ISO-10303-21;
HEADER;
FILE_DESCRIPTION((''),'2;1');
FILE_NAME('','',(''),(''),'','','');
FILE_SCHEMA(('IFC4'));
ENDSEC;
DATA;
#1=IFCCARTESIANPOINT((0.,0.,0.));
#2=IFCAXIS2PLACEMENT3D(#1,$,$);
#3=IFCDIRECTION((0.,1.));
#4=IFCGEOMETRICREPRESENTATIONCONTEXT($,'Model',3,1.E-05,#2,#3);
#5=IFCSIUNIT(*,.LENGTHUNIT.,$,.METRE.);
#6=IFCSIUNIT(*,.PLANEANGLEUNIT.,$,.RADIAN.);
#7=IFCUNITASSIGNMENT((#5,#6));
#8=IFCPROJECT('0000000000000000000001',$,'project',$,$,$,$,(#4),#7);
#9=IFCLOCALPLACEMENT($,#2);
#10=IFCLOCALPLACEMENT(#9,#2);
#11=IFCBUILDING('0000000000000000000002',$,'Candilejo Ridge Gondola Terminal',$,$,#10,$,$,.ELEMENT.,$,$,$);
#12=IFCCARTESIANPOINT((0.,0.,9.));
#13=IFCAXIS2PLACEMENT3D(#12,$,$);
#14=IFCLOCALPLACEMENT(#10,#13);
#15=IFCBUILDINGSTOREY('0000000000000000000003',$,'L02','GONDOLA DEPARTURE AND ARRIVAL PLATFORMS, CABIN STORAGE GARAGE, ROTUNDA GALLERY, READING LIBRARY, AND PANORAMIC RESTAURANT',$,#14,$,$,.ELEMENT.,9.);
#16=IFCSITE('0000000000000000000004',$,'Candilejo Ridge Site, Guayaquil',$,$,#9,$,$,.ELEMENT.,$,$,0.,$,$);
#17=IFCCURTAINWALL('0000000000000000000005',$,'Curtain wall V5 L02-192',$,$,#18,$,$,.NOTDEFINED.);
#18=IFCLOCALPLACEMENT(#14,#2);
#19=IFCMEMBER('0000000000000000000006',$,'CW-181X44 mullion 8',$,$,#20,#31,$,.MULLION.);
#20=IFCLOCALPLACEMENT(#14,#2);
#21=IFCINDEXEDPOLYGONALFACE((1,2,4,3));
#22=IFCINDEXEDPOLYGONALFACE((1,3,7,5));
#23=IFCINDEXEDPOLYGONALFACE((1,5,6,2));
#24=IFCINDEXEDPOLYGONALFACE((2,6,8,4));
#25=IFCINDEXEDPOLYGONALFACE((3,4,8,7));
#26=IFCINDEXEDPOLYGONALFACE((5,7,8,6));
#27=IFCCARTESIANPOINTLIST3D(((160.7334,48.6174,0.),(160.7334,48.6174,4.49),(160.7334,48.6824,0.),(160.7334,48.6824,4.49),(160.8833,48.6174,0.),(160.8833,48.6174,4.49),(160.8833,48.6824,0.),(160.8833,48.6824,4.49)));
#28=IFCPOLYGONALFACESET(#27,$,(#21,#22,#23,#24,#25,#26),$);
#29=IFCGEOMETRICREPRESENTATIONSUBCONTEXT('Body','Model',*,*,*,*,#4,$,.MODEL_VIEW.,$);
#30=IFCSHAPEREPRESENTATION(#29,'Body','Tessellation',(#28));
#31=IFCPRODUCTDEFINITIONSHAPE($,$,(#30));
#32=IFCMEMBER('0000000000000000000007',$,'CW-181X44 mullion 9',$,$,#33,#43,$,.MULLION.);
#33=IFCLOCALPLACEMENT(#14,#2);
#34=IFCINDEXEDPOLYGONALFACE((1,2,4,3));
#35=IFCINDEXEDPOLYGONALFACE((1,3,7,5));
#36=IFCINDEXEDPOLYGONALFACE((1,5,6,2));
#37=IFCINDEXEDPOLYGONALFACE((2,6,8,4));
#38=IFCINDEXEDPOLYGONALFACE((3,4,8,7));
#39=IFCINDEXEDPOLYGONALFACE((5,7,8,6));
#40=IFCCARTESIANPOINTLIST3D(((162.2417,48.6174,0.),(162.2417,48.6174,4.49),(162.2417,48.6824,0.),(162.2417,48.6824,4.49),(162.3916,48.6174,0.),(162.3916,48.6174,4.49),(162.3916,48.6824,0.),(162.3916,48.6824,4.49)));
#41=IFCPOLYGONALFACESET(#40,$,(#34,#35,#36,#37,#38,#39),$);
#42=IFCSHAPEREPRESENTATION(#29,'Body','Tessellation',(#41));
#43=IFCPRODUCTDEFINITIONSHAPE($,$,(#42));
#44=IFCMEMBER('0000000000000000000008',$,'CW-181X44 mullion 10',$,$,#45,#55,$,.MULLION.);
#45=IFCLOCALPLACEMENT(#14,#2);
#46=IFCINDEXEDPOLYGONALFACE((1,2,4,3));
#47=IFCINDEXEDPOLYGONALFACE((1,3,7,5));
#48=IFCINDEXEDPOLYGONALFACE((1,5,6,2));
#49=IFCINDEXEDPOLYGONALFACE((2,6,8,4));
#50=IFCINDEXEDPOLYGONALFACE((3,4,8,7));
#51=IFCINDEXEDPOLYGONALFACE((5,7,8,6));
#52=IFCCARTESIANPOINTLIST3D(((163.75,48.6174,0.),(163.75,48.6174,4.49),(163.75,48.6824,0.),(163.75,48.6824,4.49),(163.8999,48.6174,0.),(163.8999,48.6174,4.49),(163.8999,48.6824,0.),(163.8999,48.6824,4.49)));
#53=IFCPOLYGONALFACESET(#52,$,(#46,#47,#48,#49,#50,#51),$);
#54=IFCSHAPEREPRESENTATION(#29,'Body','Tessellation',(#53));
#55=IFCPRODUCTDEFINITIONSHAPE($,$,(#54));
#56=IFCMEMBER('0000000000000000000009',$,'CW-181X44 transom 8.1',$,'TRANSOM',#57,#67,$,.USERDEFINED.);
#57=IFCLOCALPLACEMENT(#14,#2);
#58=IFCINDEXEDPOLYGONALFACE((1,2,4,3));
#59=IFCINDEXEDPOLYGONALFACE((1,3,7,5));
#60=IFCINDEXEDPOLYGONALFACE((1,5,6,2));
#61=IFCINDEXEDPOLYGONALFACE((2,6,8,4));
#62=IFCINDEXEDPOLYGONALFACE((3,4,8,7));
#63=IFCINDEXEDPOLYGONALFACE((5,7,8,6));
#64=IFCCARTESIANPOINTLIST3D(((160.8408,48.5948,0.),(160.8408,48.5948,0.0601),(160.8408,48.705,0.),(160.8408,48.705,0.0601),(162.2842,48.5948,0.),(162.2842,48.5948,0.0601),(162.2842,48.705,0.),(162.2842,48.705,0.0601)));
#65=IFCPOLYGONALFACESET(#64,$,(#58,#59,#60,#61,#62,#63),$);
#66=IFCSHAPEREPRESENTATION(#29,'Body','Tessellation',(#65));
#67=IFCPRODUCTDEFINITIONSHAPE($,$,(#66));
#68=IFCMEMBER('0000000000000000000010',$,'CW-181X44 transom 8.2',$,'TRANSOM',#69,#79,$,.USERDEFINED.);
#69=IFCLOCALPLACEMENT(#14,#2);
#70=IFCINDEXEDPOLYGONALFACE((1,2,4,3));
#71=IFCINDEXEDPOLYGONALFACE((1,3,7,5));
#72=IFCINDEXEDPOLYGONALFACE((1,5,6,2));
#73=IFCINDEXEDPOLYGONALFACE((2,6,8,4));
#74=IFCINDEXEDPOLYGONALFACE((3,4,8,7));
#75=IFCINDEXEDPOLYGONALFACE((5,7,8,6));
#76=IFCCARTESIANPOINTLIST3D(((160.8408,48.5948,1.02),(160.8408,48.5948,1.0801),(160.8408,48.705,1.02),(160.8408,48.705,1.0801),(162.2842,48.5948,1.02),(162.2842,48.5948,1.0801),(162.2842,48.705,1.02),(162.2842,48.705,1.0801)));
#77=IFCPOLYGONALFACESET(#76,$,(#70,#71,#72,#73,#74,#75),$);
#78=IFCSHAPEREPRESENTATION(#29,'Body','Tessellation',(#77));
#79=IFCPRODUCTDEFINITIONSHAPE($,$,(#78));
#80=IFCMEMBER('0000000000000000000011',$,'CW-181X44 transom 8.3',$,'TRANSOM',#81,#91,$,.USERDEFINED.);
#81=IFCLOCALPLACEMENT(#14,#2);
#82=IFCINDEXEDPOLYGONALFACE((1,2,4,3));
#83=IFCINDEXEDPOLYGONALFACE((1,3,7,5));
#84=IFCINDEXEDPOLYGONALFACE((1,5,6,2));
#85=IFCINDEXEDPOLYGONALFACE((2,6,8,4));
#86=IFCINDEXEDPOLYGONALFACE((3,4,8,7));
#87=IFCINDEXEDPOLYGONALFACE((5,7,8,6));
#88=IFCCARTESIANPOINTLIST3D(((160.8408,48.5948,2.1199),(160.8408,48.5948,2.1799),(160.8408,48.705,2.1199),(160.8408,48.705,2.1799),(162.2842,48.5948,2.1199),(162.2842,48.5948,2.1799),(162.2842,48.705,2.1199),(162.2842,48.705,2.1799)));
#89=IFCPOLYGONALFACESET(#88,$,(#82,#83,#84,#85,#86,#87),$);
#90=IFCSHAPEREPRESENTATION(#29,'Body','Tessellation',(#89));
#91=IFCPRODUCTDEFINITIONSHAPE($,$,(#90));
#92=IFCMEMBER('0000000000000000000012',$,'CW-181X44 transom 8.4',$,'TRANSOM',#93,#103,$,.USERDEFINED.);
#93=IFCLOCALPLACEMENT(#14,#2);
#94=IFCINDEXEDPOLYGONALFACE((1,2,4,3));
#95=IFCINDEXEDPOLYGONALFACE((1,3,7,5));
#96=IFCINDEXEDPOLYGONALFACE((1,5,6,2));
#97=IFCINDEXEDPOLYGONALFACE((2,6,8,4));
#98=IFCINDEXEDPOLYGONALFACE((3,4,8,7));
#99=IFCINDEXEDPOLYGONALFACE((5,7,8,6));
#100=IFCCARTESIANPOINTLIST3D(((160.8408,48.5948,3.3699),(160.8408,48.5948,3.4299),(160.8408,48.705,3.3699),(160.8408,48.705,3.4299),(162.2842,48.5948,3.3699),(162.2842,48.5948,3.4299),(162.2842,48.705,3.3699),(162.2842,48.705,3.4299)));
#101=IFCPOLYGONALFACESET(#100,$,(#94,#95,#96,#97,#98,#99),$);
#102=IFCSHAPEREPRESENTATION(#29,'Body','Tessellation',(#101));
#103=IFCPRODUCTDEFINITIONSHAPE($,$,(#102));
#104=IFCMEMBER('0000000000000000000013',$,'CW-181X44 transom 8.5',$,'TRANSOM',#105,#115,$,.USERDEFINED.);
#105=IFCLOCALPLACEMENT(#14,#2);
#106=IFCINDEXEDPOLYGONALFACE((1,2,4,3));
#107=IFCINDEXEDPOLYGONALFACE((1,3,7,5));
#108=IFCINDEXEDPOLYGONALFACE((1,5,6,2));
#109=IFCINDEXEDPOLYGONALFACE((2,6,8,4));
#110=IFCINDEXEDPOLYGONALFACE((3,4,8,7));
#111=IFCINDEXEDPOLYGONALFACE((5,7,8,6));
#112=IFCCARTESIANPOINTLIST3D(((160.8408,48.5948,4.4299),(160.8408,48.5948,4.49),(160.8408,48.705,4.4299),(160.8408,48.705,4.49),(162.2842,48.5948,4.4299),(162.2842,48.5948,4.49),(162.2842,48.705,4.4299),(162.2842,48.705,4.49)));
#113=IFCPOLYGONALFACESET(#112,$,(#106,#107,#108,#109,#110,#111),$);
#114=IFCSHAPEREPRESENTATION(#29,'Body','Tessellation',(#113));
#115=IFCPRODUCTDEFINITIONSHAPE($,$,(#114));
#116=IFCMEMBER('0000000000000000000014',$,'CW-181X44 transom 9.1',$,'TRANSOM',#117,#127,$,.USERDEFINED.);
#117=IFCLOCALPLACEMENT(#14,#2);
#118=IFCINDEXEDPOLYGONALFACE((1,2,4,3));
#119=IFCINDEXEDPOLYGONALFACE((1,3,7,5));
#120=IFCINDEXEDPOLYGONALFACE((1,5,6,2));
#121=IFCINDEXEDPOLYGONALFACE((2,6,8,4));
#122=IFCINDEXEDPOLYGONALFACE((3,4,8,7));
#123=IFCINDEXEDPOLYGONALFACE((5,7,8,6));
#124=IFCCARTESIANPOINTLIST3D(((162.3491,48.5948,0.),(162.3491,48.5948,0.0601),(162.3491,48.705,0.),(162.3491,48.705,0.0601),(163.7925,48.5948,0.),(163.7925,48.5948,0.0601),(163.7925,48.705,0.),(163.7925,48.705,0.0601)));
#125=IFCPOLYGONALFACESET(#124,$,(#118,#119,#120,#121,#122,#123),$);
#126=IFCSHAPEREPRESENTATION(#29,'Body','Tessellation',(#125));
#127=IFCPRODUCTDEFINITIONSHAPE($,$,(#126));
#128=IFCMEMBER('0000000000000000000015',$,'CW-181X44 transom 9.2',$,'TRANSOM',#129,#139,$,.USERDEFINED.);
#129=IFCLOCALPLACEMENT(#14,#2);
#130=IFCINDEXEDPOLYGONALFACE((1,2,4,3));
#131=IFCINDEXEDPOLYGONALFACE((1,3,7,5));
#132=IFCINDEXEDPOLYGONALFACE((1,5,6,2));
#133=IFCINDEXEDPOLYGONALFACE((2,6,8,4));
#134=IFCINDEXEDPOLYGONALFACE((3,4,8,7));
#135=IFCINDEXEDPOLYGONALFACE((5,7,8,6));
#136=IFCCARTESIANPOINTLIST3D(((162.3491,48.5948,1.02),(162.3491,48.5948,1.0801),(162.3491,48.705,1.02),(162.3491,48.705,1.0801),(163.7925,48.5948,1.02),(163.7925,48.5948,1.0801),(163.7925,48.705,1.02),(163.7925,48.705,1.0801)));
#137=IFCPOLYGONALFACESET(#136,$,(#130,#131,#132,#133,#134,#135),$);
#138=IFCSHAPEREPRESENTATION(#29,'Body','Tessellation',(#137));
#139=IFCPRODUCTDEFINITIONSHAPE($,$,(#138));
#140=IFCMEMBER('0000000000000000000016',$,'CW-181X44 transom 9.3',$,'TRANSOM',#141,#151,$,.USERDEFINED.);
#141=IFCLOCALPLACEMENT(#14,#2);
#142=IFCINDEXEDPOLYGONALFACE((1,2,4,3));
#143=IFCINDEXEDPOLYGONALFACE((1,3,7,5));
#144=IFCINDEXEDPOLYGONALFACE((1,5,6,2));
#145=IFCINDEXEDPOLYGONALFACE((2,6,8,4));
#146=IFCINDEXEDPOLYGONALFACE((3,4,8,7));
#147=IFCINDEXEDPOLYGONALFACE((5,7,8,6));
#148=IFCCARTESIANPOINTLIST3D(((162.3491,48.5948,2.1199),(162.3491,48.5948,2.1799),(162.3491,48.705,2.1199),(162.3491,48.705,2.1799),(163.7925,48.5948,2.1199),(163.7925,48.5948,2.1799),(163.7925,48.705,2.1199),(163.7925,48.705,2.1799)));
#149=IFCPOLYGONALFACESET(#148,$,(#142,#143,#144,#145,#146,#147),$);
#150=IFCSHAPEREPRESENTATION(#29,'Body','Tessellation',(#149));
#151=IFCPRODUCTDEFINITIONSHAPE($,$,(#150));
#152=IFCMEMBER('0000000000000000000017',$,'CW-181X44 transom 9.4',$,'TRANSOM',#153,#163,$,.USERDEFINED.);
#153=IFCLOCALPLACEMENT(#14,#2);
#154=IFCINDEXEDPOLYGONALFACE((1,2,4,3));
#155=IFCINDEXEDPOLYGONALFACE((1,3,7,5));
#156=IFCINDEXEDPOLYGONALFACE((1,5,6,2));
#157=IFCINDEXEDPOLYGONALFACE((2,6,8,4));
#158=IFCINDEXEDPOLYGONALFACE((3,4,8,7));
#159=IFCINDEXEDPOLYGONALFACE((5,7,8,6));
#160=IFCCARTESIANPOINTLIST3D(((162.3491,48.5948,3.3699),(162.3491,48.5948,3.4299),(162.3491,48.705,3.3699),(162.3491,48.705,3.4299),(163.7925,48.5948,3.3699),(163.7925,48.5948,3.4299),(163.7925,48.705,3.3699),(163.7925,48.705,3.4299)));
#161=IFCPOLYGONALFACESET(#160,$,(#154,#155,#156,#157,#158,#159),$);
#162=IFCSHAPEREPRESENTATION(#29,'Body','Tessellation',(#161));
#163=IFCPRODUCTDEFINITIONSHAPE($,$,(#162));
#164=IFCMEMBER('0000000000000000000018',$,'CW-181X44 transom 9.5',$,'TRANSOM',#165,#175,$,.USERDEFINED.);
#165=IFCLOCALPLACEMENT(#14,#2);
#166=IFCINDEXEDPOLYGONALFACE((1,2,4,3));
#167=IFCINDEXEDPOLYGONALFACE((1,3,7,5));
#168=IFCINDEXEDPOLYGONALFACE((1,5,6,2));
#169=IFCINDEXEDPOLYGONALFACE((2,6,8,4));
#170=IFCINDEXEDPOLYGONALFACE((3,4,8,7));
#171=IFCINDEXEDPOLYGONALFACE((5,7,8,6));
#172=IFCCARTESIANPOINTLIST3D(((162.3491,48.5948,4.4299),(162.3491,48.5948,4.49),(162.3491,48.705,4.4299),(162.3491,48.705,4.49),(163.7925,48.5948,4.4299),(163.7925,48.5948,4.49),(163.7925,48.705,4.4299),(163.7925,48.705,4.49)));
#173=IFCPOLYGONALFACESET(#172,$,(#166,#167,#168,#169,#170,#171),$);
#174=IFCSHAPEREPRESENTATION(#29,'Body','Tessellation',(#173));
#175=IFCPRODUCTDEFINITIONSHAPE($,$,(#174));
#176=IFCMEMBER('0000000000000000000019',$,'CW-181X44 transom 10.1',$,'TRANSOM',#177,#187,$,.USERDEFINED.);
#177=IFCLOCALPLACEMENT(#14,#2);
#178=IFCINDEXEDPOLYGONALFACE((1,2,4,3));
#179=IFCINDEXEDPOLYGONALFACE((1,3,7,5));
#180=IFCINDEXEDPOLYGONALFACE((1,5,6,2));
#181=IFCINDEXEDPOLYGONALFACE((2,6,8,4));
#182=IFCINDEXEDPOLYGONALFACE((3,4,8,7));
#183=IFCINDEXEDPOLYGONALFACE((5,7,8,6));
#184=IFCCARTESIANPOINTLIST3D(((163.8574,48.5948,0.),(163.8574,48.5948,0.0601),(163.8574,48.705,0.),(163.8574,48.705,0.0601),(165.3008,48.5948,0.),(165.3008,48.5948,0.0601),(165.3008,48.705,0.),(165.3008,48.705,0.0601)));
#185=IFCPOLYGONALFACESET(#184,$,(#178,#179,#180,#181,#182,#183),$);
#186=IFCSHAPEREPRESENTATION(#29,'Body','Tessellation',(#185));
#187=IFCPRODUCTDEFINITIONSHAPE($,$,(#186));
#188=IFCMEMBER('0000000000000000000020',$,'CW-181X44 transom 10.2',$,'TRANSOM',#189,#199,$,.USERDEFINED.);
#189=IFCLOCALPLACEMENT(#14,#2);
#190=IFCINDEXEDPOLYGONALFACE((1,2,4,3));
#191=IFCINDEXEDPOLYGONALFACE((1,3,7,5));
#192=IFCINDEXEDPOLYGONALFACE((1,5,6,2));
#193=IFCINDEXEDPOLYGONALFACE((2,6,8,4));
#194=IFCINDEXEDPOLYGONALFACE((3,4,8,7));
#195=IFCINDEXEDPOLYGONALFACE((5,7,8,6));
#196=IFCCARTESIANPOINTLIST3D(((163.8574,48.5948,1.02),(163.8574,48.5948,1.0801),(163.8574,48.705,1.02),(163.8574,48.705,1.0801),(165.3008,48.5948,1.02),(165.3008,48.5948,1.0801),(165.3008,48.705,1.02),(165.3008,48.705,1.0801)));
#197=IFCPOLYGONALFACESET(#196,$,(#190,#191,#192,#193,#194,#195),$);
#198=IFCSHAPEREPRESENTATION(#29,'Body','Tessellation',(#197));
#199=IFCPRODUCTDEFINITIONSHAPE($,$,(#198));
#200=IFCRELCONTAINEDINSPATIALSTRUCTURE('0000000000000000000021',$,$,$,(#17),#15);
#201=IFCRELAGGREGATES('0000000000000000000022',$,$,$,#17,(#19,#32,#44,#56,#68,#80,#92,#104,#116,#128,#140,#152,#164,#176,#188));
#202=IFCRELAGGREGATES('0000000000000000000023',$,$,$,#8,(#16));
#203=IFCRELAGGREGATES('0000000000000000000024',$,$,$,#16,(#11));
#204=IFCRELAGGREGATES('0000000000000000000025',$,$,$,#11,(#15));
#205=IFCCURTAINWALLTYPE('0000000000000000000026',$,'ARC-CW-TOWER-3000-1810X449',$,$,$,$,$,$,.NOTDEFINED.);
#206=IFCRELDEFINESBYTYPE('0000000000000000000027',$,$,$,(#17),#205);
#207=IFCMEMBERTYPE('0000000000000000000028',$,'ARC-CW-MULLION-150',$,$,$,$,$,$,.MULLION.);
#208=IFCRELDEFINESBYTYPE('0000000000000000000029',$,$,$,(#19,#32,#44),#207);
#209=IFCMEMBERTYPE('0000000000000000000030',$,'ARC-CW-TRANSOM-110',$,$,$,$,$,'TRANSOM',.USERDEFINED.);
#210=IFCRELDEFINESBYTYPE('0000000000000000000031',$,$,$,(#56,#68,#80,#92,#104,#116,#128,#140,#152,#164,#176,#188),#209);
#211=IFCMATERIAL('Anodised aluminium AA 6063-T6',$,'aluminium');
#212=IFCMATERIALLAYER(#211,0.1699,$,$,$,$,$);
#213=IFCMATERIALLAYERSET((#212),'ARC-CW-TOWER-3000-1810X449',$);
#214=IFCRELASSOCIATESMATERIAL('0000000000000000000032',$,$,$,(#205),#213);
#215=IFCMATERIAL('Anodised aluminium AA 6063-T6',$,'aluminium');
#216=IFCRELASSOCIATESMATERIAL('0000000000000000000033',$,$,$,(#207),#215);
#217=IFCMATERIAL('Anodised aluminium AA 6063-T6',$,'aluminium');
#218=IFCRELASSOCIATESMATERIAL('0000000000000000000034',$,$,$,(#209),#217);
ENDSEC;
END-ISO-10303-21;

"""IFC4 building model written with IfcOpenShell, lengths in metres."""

from ifc_helpers import new_model, si_unit, direction, frame, origin, origin_2d, place, context, subcontext, project, spatial, rectangle, extrude, material, layer, layer_set, material_profile, profile_set, type_object, element, aggregate, save


model = new_model("IFC4")

# Units and contexts
model_context = context("Model", 3, precision=1e-05, world=origin(), true_north=direction((0.0, 1.0)))
body_context = subcontext(model_context, "Body", "Model", "MODEL_VIEW")
ifc_project = project(units=[si_unit("LENGTHUNIT", "METRE"), si_unit("PLANEANGLEUNIT", "RADIAN")], contexts=[model_context])

# Site, building, storey
site_placement = place(None, origin())
site = spatial("IfcSite", under=ifc_project, at=site_placement, Name="Candilejo Ridge Site, Guayaquil", CompositionType="ELEMENT", RefElevation=0.0)
building_placement = place(site_placement, origin())
building = spatial("IfcBuilding", under=site, at=building_placement, Name="Candilejo Ridge Gondola Terminal", CompositionType="ELEMENT")
storey_placement = place(building_placement, frame((0.0, 0.0, 9.0)))
storey = spatial("IfcBuildingStorey", under=building, at=storey_placement, Name="L02", Description="GONDOLA DEPARTURE AND ARRIVAL PLATFORMS, CABIN STORAGE GARAGE, ROTUNDA GALLERY, READING LIBRARY, AND PANORAMIC RESTAURANT", CompositionType="ELEMENT", Elevation=9.0)

# Curtain wall, members
ifc_material_1 = material(Name="Anodised aluminium AA 6063-T6", Category="aluminium")
ifc_layer_1 = layer(ifc_material_1, 0.1699)
ifc_layer_set_1 = layer_set([ifc_layer_1], Name="ARC-CW-TOWER-3000-1810X449")
curtain_wall_type = type_object("IfcCurtainWallType", Name="ARC-CW-TOWER-3000-1810X449", PredefinedType="NOTDEFINED", material=ifc_layer_set_1)
curtain_wall_placement = place(storey_placement, origin())
curtain_wall = element("IfcCurtainWall", 1, at=curtain_wall_placement, inside=storey, type_object=curtain_wall_type, Name="Curtain wall V5 L02-192", PredefinedType="NOTDEFINED")
ifc_material_2 = material(Name="Anodised aluminium AA 6063-T6", Category="aluminium")
ifc_material_profile_1 = material_profile(ifc_material_2, rectangle(XDim=0.0649, YDim=0.1499, at=origin_2d()))
ifc_profile_set_1 = profile_set([ifc_material_profile_1], Name="Anodised aluminium AA 6063-T6")
member_type_1 = type_object("IfcMemberType", Name="ARC-CW-MULLION-150", PredefinedType="MULLION", material=ifc_profile_set_1)
member_1_placement = place(storey_placement, frame((160.8083, 48.6499, 0.0), z_axis=(0.0, 0.0, 1.0), x_axis=(0.0, 1.0, 0.0)))
member_1 = element("IfcMember", 2, at=member_1_placement, type_object=member_type_1, Name="CW-181X44 mullion 8", PredefinedType="MULLION", context=body_context, shape_type="SweptSolid", body=[
    extrude(rectangle(XDim=0.0649, YDim=0.1499, at=origin_2d()), origin(), (0.0, 0.0, 1.0), 4.49),
])
member_2_placement = place(storey_placement, frame((162.3167, 48.6499, 0.0), z_axis=(0.0, 0.0, 1.0), x_axis=(0.0, 1.0, 0.0)))
member_2 = element("IfcMember", 3, at=member_2_placement, type_object=member_type_1, Name="CW-181X44 mullion 9", PredefinedType="MULLION", context=body_context, shape_type="SweptSolid", body=[
    extrude(rectangle(XDim=0.0649, YDim=0.1499, at=origin_2d()), origin(), (0.0, 0.0, 1.0), 4.49),
])
member_3_placement = place(storey_placement, frame((163.825, 48.6499, 0.0), z_axis=(0.0, 0.0, 1.0), x_axis=(0.0, 1.0, 0.0)))
member_3 = element("IfcMember", 4, at=member_3_placement, type_object=member_type_1, Name="CW-181X44 mullion 10", PredefinedType="MULLION", context=body_context, shape_type="SweptSolid", body=[
    extrude(rectangle(XDim=0.0649, YDim=0.1499, at=origin_2d()), origin(), (0.0, 0.0, 1.0), 4.49),
])
ifc_material_3 = material(Name="Anodised aluminium AA 6063-T6", Category="aluminium")
ifc_material_profile_2 = material_profile(ifc_material_3, rectangle(XDim=0.1101, YDim=0.0601, at=origin_2d()))
ifc_profile_set_2 = profile_set([ifc_material_profile_2], Name="Anodised aluminium AA 6063-T6")
member_type_2 = type_object("IfcMemberType", Name="ARC-CW-TRANSOM-110", ElementType="TRANSOM", PredefinedType="USERDEFINED", material=ifc_profile_set_2)
member_4_placement = place(storey_placement, frame((160.8408, 48.6499, 0.03), z_axis=(1.0, 0.0, 0.0), x_axis=(0.0, 1.0, 0.0)))
member_4 = element("IfcMember", 5, at=member_4_placement, type_object=member_type_2, Name="CW-181X44 transom 8.1", ObjectType="TRANSOM", PredefinedType="USERDEFINED", context=body_context, shape_type="SweptSolid", body=[
    extrude(rectangle(XDim=0.1101, YDim=0.0601, at=origin_2d()), origin(), (0.0, 0.0, 1.0), 1.4434),
])
member_5_placement = place(storey_placement, frame((160.8408, 48.6499, 1.05), z_axis=(1.0, 0.0, 0.0), x_axis=(0.0, 1.0, 0.0)))
member_5 = element("IfcMember", 6, at=member_5_placement, type_object=member_type_2, Name="CW-181X44 transom 8.2", ObjectType="TRANSOM", PredefinedType="USERDEFINED", context=body_context, shape_type="SweptSolid", body=[
    extrude(rectangle(XDim=0.1101, YDim=0.0601, at=origin_2d()), origin(), (0.0, 0.0, 1.0), 1.4434),
])
member_6_placement = place(storey_placement, frame((160.8408, 48.6499, 2.1499), z_axis=(1.0, 0.0, 0.0), x_axis=(0.0, 1.0, 0.0)))
member_6 = element("IfcMember", 7, at=member_6_placement, type_object=member_type_2, Name="CW-181X44 transom 8.3", ObjectType="TRANSOM", PredefinedType="USERDEFINED", context=body_context, shape_type="SweptSolid", body=[
    extrude(rectangle(XDim=0.1101, YDim=0.0601, at=origin_2d()), origin(), (0.0, 0.0, 1.0), 1.4434),
])
member_7_placement = place(storey_placement, frame((160.8408, 48.6499, 3.3999), z_axis=(1.0, 0.0, 0.0), x_axis=(0.0, 1.0, 0.0)))
member_7 = element("IfcMember", 8, at=member_7_placement, type_object=member_type_2, Name="CW-181X44 transom 8.4", ObjectType="TRANSOM", PredefinedType="USERDEFINED", context=body_context, shape_type="SweptSolid", body=[
    extrude(rectangle(XDim=0.1101, YDim=0.0601, at=origin_2d()), origin(), (0.0, 0.0, 1.0), 1.4434),
])
member_8_placement = place(storey_placement, frame((160.8408, 48.6499, 4.46), z_axis=(1.0, 0.0, 0.0), x_axis=(0.0, 1.0, 0.0)))
member_8 = element("IfcMember", 9, at=member_8_placement, type_object=member_type_2, Name="CW-181X44 transom 8.5", ObjectType="TRANSOM", PredefinedType="USERDEFINED", context=body_context, shape_type="SweptSolid", body=[
    extrude(rectangle(XDim=0.1101, YDim=0.0601, at=origin_2d()), origin(), (0.0, 0.0, 1.0), 1.4434),
])
member_9_placement = place(storey_placement, frame((162.3491, 48.6499, 0.03), z_axis=(1.0, 0.0, 0.0), x_axis=(0.0, 1.0, 0.0)))
member_9 = element("IfcMember", 10, at=member_9_placement, type_object=member_type_2, Name="CW-181X44 transom 9.1", ObjectType="TRANSOM", PredefinedType="USERDEFINED", context=body_context, shape_type="SweptSolid", body=[
    extrude(rectangle(XDim=0.1101, YDim=0.0601, at=origin_2d()), origin(), (0.0, 0.0, 1.0), 1.4434),
])
member_10_placement = place(storey_placement, frame((162.3491, 48.6499, 1.05), z_axis=(1.0, 0.0, 0.0), x_axis=(0.0, 1.0, 0.0)))
member_10 = element("IfcMember", 11, at=member_10_placement, type_object=member_type_2, Name="CW-181X44 transom 9.2", ObjectType="TRANSOM", PredefinedType="USERDEFINED", context=body_context, shape_type="SweptSolid", body=[
    extrude(rectangle(XDim=0.1101, YDim=0.0601, at=origin_2d()), origin(), (0.0, 0.0, 1.0), 1.4434),
])
member_11_placement = place(storey_placement, frame((162.3491, 48.6499, 2.1499), z_axis=(1.0, 0.0, 0.0), x_axis=(0.0, 1.0, 0.0)))
member_11 = element("IfcMember", 12, at=member_11_placement, type_object=member_type_2, Name="CW-181X44 transom 9.3", ObjectType="TRANSOM", PredefinedType="USERDEFINED", context=body_context, shape_type="SweptSolid", body=[
    extrude(rectangle(XDim=0.1101, YDim=0.0601, at=origin_2d()), origin(), (0.0, 0.0, 1.0), 1.4434),
])
member_12_placement = place(storey_placement, frame((162.3491, 48.6499, 3.3999), z_axis=(1.0, 0.0, 0.0), x_axis=(0.0, 1.0, 0.0)))
member_12 = element("IfcMember", 13, at=member_12_placement, type_object=member_type_2, Name="CW-181X44 transom 9.4", ObjectType="TRANSOM", PredefinedType="USERDEFINED", context=body_context, shape_type="SweptSolid", body=[
    extrude(rectangle(XDim=0.1101, YDim=0.0601, at=origin_2d()), origin(), (0.0, 0.0, 1.0), 1.4434),
])
member_13_placement = place(storey_placement, frame((162.3491, 48.6499, 4.46), z_axis=(1.0, 0.0, 0.0), x_axis=(0.0, 1.0, 0.0)))
member_13 = element("IfcMember", 14, at=member_13_placement, type_object=member_type_2, Name="CW-181X44 transom 9.5", ObjectType="TRANSOM", PredefinedType="USERDEFINED", context=body_context, shape_type="SweptSolid", body=[
    extrude(rectangle(XDim=0.1101, YDim=0.0601, at=origin_2d()), origin(), (0.0, 0.0, 1.0), 1.4434),
])
member_14_placement = place(storey_placement, frame((163.8574, 48.6499, 0.03), z_axis=(1.0, 0.0, 0.0), x_axis=(0.0, 1.0, 0.0)))
member_14 = element("IfcMember", 15, at=member_14_placement, type_object=member_type_2, Name="CW-181X44 transom 10.1", ObjectType="TRANSOM", PredefinedType="USERDEFINED", context=body_context, shape_type="SweptSolid", body=[
    extrude(rectangle(XDim=0.1101, YDim=0.0601, at=origin_2d()), origin(), (0.0, 0.0, 1.0), 1.4434),
])
member_15_placement = place(storey_placement, frame((163.8574, 48.6499, 1.05), z_axis=(1.0, 0.0, 0.0), x_axis=(0.0, 1.0, 0.0)))
member_15 = element("IfcMember", 16, at=member_15_placement, type_object=member_type_2, Name="CW-181X44 transom 10.2", ObjectType="TRANSOM", PredefinedType="USERDEFINED", context=body_context, shape_type="SweptSolid", body=[
    extrude(rectangle(XDim=0.1101, YDim=0.0601, at=origin_2d()), origin(), (0.0, 0.0, 1.0), 1.4434),
])

aggregate(curtain_wall, [member_1, member_2, member_3, member_4, member_5, member_6, member_7, member_8, member_9, member_10, member_11, member_12, member_13, member_14, member_15])

save(model, "model.ifc")
